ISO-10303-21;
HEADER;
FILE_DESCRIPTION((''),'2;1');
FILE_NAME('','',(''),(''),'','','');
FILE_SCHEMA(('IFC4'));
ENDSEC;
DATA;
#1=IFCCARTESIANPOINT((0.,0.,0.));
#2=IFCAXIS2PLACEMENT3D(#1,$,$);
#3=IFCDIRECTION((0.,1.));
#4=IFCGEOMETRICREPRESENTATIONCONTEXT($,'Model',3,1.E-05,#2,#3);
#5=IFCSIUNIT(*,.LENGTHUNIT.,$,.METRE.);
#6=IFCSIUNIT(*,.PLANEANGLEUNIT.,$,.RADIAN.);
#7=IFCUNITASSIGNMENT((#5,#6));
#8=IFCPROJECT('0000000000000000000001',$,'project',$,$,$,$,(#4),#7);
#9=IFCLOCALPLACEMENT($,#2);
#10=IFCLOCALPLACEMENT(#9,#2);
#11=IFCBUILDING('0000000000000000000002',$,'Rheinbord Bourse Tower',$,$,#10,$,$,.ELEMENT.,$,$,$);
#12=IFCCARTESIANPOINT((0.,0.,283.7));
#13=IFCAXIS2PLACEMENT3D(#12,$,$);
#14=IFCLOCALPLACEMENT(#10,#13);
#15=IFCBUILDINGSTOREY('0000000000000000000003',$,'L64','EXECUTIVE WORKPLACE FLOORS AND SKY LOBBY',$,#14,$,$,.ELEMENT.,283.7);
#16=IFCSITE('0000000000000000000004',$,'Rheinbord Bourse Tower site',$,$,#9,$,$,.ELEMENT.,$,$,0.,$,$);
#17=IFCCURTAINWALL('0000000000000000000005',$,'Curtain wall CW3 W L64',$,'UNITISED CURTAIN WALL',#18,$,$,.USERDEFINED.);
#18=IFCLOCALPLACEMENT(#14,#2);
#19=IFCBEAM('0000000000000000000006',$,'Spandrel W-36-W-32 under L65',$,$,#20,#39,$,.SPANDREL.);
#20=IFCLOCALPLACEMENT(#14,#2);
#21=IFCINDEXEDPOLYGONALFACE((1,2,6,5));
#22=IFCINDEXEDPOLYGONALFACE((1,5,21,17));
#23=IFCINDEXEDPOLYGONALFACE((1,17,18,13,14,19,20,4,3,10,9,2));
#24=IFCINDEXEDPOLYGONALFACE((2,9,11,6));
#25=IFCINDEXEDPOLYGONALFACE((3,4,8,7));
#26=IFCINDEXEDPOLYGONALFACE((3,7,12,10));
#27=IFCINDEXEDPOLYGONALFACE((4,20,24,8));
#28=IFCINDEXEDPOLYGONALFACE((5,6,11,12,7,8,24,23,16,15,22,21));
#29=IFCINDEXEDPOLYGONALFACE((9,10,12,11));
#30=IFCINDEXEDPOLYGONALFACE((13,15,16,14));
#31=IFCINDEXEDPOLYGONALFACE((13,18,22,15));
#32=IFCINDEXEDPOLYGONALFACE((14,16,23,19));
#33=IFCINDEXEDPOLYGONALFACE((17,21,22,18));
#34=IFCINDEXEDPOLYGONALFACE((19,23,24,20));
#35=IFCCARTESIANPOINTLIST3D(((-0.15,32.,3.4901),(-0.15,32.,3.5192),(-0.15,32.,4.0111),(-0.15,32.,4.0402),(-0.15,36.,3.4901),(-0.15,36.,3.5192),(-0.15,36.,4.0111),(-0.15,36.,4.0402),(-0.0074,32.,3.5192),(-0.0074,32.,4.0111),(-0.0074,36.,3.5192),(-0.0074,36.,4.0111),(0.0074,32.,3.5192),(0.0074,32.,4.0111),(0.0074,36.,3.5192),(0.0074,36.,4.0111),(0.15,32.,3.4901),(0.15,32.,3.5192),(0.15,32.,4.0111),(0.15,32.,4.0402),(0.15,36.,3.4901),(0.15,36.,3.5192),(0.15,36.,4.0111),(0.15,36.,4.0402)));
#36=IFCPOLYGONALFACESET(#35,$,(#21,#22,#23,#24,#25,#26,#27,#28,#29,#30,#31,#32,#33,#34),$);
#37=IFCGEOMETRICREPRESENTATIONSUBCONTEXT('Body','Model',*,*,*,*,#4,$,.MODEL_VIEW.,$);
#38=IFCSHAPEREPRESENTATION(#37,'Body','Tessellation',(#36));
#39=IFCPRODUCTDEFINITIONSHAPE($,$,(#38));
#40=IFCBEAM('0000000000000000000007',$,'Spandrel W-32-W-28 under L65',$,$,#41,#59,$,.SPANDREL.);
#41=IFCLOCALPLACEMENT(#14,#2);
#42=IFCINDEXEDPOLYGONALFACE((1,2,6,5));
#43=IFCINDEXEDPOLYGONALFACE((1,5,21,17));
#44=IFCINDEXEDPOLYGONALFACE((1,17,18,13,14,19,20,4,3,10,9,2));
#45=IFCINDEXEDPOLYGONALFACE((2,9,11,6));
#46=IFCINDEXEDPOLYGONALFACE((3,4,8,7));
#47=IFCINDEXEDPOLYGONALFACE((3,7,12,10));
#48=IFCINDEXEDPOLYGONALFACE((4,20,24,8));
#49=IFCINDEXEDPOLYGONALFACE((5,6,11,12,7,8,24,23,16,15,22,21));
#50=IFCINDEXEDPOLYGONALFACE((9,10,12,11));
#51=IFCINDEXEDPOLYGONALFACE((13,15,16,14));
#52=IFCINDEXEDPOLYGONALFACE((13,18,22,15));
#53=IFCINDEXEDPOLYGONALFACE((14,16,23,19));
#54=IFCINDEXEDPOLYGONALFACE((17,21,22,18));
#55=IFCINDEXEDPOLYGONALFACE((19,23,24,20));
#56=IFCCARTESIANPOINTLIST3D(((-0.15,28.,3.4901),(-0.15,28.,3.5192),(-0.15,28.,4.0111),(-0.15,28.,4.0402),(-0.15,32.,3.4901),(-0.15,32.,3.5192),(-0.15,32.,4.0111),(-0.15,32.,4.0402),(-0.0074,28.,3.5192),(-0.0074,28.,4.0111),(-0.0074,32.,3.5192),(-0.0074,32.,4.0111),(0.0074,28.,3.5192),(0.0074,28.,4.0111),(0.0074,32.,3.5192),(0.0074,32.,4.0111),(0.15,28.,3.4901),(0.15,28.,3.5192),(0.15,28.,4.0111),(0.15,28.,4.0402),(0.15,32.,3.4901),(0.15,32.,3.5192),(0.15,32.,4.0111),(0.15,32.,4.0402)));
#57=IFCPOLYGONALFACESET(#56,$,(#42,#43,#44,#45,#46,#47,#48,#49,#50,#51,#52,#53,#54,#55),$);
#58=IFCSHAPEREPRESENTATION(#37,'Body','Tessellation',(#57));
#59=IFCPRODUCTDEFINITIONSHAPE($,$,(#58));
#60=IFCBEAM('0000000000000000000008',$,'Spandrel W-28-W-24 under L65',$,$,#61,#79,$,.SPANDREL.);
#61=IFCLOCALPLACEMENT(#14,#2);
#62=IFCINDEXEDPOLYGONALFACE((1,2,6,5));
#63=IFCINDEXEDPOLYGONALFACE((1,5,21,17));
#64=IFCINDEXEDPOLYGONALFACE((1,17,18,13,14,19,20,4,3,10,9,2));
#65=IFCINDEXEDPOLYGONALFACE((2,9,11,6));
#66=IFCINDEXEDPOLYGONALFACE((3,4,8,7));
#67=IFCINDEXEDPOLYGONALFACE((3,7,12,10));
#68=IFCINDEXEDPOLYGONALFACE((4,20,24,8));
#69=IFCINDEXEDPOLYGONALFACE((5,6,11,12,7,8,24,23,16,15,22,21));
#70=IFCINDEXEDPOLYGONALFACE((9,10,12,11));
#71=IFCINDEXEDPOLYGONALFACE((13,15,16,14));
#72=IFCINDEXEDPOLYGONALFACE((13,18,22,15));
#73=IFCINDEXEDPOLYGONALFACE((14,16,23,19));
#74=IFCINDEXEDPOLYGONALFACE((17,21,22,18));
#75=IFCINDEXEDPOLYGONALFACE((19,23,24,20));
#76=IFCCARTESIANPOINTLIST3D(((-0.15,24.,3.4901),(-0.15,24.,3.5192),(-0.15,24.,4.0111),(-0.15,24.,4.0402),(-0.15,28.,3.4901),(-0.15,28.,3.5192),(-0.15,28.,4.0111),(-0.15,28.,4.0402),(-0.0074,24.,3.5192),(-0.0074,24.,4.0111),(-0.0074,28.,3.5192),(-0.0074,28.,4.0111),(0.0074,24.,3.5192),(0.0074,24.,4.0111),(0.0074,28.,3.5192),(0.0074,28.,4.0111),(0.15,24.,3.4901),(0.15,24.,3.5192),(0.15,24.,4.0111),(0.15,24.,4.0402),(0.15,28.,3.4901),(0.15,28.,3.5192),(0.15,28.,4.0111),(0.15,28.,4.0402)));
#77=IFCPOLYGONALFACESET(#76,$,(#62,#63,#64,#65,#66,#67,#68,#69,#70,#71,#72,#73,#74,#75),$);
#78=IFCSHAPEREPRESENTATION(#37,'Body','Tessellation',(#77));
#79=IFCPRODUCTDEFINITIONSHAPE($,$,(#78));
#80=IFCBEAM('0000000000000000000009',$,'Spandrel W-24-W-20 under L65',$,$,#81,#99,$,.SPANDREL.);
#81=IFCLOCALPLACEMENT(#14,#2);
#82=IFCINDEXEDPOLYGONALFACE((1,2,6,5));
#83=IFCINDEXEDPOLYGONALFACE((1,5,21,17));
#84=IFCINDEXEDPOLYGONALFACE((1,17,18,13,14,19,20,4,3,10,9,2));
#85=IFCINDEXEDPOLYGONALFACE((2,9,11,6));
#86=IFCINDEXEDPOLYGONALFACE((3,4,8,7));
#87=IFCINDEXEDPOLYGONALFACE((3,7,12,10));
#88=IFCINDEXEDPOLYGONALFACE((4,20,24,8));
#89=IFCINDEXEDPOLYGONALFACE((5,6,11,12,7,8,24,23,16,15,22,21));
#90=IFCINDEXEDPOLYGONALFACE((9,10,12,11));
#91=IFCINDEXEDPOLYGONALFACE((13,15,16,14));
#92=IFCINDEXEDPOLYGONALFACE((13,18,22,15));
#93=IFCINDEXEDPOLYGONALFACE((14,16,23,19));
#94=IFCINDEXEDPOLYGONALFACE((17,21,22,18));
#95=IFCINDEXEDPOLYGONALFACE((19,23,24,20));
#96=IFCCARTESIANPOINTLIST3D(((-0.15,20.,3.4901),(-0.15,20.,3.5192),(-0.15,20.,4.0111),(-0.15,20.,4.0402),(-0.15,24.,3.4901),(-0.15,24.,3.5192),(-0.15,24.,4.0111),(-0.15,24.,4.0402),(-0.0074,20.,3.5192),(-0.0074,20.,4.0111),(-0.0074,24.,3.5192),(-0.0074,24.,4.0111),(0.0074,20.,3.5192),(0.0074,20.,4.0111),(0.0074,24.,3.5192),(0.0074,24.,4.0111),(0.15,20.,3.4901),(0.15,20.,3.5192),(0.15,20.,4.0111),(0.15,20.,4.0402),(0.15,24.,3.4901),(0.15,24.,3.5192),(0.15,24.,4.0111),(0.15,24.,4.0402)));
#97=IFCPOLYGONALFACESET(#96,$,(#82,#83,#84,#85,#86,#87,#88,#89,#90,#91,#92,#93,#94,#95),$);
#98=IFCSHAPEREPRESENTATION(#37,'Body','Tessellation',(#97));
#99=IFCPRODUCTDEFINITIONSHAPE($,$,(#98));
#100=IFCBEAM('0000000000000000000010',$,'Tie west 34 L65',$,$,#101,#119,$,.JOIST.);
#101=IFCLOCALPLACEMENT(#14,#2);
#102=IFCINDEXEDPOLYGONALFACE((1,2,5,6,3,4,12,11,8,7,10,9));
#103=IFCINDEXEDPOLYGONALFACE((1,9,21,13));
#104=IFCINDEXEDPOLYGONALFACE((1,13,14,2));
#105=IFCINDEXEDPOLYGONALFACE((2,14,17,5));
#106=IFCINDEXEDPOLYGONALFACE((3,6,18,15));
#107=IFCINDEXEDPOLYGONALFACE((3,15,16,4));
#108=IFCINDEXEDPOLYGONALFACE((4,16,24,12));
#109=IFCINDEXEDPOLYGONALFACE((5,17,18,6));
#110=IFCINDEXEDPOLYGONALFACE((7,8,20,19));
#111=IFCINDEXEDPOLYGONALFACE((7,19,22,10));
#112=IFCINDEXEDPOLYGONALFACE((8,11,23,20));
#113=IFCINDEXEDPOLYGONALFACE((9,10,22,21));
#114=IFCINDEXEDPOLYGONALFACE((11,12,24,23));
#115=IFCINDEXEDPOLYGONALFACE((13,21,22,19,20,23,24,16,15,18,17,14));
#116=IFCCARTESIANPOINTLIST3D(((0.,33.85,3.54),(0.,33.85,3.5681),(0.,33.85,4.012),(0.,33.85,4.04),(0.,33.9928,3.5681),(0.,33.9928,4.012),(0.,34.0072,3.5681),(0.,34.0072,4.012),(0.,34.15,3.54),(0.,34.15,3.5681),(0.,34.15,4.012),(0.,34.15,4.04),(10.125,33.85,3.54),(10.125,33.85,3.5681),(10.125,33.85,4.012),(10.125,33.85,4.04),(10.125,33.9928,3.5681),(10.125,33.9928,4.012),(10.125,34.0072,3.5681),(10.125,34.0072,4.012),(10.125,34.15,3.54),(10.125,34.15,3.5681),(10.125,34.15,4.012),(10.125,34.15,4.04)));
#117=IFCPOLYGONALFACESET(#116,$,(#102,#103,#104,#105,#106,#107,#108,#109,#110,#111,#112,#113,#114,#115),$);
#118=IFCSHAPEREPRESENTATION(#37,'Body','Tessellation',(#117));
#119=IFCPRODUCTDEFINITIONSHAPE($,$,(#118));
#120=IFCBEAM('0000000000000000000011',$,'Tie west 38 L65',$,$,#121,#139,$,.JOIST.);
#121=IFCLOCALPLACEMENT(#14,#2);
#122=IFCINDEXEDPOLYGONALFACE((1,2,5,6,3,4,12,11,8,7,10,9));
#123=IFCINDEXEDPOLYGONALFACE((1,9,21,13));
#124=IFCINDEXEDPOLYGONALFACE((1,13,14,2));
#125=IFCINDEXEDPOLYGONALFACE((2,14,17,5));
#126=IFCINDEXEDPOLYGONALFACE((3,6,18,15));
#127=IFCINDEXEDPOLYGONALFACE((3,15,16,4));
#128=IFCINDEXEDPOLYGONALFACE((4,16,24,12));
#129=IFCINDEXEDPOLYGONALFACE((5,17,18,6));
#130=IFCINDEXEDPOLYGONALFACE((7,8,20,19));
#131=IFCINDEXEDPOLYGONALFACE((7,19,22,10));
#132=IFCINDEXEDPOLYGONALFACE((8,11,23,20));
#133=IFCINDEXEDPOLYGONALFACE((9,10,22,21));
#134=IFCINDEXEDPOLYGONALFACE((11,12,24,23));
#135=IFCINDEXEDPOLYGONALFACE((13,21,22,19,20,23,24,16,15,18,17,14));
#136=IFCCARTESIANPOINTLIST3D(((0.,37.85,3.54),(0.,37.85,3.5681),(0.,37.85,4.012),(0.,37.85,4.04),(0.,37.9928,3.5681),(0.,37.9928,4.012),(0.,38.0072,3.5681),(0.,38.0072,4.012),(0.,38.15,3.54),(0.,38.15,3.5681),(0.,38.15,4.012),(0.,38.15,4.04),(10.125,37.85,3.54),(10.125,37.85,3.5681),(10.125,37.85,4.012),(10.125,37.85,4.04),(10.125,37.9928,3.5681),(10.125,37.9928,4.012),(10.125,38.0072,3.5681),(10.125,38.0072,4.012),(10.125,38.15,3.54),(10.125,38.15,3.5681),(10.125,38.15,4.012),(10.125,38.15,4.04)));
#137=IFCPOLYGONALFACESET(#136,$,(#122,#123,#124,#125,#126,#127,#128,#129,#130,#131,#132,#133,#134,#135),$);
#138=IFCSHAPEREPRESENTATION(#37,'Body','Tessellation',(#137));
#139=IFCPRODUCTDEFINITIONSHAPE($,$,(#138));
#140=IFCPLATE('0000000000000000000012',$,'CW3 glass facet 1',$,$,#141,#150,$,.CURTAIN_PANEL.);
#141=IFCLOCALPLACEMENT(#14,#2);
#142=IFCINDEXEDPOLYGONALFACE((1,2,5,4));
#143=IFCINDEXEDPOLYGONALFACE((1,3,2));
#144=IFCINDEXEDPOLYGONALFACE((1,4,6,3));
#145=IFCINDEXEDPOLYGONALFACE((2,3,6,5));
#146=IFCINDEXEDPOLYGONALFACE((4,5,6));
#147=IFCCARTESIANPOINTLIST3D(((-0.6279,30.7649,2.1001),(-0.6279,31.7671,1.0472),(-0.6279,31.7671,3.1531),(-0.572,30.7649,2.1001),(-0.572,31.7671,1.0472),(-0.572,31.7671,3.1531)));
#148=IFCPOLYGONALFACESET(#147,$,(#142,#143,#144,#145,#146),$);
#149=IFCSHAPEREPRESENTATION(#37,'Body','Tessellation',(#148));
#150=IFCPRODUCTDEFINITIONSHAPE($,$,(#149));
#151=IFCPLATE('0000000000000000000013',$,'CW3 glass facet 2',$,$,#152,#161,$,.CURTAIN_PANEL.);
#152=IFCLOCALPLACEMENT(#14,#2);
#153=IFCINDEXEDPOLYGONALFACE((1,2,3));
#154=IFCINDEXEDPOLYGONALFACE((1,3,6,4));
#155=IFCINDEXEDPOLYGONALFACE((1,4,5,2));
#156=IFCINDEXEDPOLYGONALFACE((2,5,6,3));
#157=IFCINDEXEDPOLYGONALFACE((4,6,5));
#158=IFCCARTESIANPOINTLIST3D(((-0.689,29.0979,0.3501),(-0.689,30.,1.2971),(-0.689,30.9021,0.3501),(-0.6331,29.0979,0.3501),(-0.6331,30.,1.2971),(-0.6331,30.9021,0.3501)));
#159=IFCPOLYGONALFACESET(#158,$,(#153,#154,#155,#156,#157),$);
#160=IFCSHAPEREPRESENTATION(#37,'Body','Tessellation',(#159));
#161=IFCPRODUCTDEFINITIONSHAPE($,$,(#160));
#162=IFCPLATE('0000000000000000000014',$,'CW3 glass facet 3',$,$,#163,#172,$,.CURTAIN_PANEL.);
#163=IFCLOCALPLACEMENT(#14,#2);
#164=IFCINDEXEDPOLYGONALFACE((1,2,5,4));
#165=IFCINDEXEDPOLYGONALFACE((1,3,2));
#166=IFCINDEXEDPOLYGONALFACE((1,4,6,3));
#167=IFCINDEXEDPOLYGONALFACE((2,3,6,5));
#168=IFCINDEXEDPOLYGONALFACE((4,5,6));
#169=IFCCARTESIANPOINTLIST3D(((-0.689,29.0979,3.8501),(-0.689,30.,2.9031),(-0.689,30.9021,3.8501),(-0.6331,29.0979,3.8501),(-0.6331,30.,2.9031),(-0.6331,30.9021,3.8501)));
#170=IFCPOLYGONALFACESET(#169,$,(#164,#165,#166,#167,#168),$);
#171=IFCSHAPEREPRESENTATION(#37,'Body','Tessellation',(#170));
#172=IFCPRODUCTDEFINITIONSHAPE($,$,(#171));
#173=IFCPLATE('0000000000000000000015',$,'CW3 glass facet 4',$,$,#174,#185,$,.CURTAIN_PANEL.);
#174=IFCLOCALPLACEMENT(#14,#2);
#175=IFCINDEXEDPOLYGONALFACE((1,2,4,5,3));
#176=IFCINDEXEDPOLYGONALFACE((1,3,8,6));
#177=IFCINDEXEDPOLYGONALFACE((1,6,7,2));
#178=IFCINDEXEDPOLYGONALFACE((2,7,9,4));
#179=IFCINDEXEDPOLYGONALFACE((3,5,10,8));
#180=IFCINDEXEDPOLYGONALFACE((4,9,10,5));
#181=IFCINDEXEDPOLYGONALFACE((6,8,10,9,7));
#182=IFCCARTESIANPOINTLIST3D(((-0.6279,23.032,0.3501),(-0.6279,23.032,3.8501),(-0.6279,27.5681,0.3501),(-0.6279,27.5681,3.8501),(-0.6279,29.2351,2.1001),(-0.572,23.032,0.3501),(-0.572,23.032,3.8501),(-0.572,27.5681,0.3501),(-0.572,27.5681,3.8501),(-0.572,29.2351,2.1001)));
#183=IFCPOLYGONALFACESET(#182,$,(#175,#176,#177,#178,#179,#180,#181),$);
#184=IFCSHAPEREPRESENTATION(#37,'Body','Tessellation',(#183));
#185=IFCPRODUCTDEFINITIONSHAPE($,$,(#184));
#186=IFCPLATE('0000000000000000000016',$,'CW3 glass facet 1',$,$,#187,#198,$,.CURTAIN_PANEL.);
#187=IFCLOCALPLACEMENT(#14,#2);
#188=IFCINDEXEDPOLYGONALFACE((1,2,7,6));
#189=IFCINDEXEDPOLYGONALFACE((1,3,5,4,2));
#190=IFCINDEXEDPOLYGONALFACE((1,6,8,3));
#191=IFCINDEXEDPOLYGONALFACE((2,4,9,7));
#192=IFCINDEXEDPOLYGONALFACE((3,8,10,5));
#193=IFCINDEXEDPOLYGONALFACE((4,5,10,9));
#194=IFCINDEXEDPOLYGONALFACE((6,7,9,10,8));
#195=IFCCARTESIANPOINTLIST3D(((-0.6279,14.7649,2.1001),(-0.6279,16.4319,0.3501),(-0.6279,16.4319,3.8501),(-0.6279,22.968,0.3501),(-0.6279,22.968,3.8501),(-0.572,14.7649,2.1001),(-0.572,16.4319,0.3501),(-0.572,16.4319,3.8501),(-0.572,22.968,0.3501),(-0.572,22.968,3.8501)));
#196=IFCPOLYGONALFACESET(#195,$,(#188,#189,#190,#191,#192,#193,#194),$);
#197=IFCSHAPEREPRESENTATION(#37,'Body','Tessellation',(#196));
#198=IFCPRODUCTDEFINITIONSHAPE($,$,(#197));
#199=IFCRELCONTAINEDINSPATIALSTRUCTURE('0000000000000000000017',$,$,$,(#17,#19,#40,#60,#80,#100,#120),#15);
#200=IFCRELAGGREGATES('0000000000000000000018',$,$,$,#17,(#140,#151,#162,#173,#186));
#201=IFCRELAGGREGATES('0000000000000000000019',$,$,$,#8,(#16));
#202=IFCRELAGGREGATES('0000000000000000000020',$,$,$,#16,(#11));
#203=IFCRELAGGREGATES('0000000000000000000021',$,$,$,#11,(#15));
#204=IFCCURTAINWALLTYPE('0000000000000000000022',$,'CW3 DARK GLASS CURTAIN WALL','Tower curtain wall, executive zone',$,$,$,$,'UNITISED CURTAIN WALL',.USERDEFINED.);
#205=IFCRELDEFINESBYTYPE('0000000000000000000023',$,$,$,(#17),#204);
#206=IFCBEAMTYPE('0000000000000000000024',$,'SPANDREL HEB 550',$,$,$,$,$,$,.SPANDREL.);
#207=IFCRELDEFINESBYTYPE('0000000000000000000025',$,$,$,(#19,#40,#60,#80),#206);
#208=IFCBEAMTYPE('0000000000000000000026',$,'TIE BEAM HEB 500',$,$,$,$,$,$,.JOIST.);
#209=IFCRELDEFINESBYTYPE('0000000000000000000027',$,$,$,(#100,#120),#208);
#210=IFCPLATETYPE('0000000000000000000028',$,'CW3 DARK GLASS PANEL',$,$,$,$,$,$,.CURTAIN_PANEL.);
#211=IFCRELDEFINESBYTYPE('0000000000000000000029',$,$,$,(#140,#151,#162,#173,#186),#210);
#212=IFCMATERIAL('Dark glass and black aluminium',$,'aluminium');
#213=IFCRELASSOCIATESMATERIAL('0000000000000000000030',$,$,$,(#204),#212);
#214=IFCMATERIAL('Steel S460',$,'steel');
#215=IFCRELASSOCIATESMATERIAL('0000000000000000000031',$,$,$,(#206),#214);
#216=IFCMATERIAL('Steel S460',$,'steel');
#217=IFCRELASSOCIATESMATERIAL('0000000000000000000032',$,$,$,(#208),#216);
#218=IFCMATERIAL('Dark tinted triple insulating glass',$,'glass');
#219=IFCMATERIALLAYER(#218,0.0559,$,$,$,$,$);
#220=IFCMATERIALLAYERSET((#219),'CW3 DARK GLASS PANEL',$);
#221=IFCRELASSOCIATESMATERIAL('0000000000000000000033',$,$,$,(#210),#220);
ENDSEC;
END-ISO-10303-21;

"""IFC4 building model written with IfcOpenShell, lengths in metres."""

from ifc_helpers import new_model, si_unit, direction, frame, origin, origin_2d, place, context, subcontext, project, spatial, polyline, i_section, outline, extrude, material, layer, layer_set, material_profile, profile_set, type_object, element, aggregate, save


model = new_model("IFC4")

# Units and contexts
model_context = context("Model", 3, precision=1e-05, world=origin(), true_north=direction((0.0, 1.0)))
body_context = subcontext(model_context, "Body", "Model", "MODEL_VIEW")
ifc_project = project(units=[si_unit("LENGTHUNIT", "METRE"), si_unit("PLANEANGLEUNIT", "RADIAN")], contexts=[model_context])

# Site, building, storey
site_placement = place(None, origin())
site = spatial("IfcSite", under=ifc_project, at=site_placement, Name="Rheinbord Bourse Tower site", CompositionType="ELEMENT", RefElevation=0.0)
building_placement = place(site_placement, origin())
building = spatial("IfcBuilding", under=site, at=building_placement, Name="Rheinbord Bourse Tower", CompositionType="ELEMENT")
storey_placement = place(building_placement, frame((0.0, 0.0, 283.7)))
storey = spatial("IfcBuildingStorey", under=building, at=storey_placement, Name="L64", Description="EXECUTIVE WORKPLACE FLOORS AND SKY LOBBY", CompositionType="ELEMENT", Elevation=283.7)

# Curtain wall
ifc_material_1 = material(Name="Dark glass and black aluminium", Category="aluminium")
curtain_wall_type = type_object("IfcCurtainWallType", Name="CW3 DARK GLASS CURTAIN WALL", Description="Tower curtain wall, executive zone", ElementType="UNITISED CURTAIN WALL", PredefinedType="USERDEFINED", material=ifc_material_1)
curtain_wall_placement = place(storey_placement, origin())
curtain_wall = element("IfcCurtainWall", 1, at=curtain_wall_placement, inside=storey, type_object=curtain_wall_type, Name="Curtain wall CW3 W L64", ObjectType="UNITISED CURTAIN WALL", PredefinedType="USERDEFINED")

# Beams
ifc_material_2 = material(Name="Steel S460", Category="steel")
ifc_material_profile_1 = material_profile(ifc_material_2, i_section(OverallWidth=0.3, OverallDepth=0.55, WebThickness=0.0149, FlangeThickness=0.0291, at=origin_2d()), Name="HEB 550")
ifc_profile_set_1 = profile_set([ifc_material_profile_1], Name="Steel S460")
beam_type_1 = type_object("IfcBeamType", Name="SPANDREL HEB 550", PredefinedType="SPANDREL", material=ifc_profile_set_1)
for number, where, z_axis, x_axis, name in (
    (2, (0.0, 36.0, 3.7651), (0.0, -1.0, 0.0), (1.0, 0.0, 0.0), "Spandrel W-36-W-32 under L65"),
    (3, (0.0, 32.0, 3.7651), (0.0, -1.0, 0.0), (1.0, 0.0, 0.0), "Spandrel W-32-W-28 under L65"),
    (4, (0.0, 28.0, 3.7651), (0.0, -1.0, 0.0), (1.0, 0.0, 0.0), "Spandrel W-28-W-24 under L65"),
    (5, (0.0, 24.0, 3.7651), (0.0, -1.0, 0.0), (1.0, 0.0, 0.0), "Spandrel W-24-W-20 under L65"),
):
    element("IfcBeam", number, at=place(storey_placement, frame(where, z_axis=z_axis, x_axis=x_axis)), inside=storey, type_object=beam_type_1, Name=name, PredefinedType="SPANDREL", context=body_context, shape_type="SweptSolid", body=[
        extrude(i_section(OverallWidth=0.3, OverallDepth=0.55, WebThickness=0.0149, FlangeThickness=0.0291, at=origin_2d()), origin(), (0.0, 0.0, 1.0), 4.0),
    ])
ifc_material_3 = material(Name="Steel S460", Category="steel")
ifc_material_profile_2 = material_profile(ifc_material_3, i_section(OverallWidth=0.3, OverallDepth=0.5, WebThickness=0.0144, FlangeThickness=0.0281, at=origin_2d()), Name="HEB 500")
ifc_profile_set_2 = profile_set([ifc_material_profile_2], Name="Steel S460")
beam_type_2 = type_object("IfcBeamType", Name="TIE BEAM HEB 500", PredefinedType="JOIST", material=ifc_profile_set_2)
for number, where, z_axis, x_axis, name in (
    (6, (0.0, 34.0, 3.79), (1.0, 0.0, 0.0), (0.0, 1.0, 0.0), "Tie west 34 L65"),
    (7, (0.0, 38.0, 3.79), (1.0, 0.0, 0.0), (0.0, 1.0, 0.0), "Tie west 38 L65"),
):
    element("IfcBeam", number, at=place(storey_placement, frame(where, z_axis=z_axis, x_axis=x_axis)), inside=storey, type_object=beam_type_2, Name=name, PredefinedType="JOIST", context=body_context, shape_type="SweptSolid", body=[
        extrude(i_section(OverallWidth=0.3, OverallDepth=0.5, WebThickness=0.0144, FlangeThickness=0.0281, at=origin_2d()), origin(), (0.0, 0.0, 1.0), 10.125),
    ])

# Plates
ifc_material_4 = material(Name="Dark tinted triple insulating glass", Category="glass")
ifc_layer_1 = layer(ifc_material_4, 0.0559)
ifc_layer_set_1 = layer_set([ifc_layer_1], Name="CW3 DARK GLASS PANEL")
plate_type = type_object("IfcPlateType", Name="CW3 DARK GLASS PANEL", PredefinedType="CURTAIN_PANEL", material=ifc_layer_set_1)
plate_1_placement = place(storey_placement, frame((-0.6279, 31.7671, 3.1531), z_axis=(1.0, 0.0, 0.0), x_axis=(0.0, -0.689424, -0.724358)))
plate_1 = element("IfcPlate", 8, at=plate_1_placement, type_object=plate_type, Name="CW3 glass facet 1", PredefinedType="CURTAIN_PANEL", context=body_context, shape_type="SweptSolid", body=[
    extrude(outline(polyline([(0.0, 0.0), (1.4536, 0.0), (1.5254, 1.4519), (0.0, 0.0)])), origin(), (0.0, 0.0, 1.0), 0.0559),
])
plate_2_placement = place(storey_placement, frame((-0.689, 30.9021, 0.3501), z_axis=(1.0, 0.0, 0.0), x_axis=(0.0, -0.689725, 0.724071)))
plate_2 = element("IfcPlate", 9, at=plate_2_placement, type_object=plate_type, Name="CW3 glass facet 2", PredefinedType="CURTAIN_PANEL", context=body_context, shape_type="SweptSolid", body=[
    extrude(outline(polyline([(0.0, 0.0), (1.3079, 0.0), (1.2444, 1.3064), (0.0, 0.0)])), origin(), (0.0, 0.0, 1.0), 0.0559),
])
plate_3_placement = place(storey_placement, frame((-0.689, 29.0979, 3.8501), z_axis=(1.0, 0.0, 0.0), x_axis=(0.0, 0.689725, -0.724071)))
plate_3 = element("IfcPlate", 10, at=plate_3_placement, type_object=plate_type, Name="CW3 glass facet 3", PredefinedType="CURTAIN_PANEL", context=body_context, shape_type="SweptSolid", body=[
    extrude(outline(polyline([(0.0, 0.0), (1.3079, 0.0), (1.2444, 1.3064), (0.0, 0.0)])), origin(), (0.0, 0.0, 1.0), 0.0559),
])
plate_4_placement = place(storey_placement, frame((-0.6279, 23.032, 3.8501), z_axis=(1.0, 0.0, 0.0), x_axis=(0.0, 0.0, -1.0)))
plate_4 = element("IfcPlate", 11, at=plate_4_placement, type_object=plate_type, Name="CW3 glass facet 4", PredefinedType="CURTAIN_PANEL", context=body_context, shape_type="SweptSolid", body=[
    extrude(outline(polyline([(0.0, 0.0), (3.5, 0.0), (3.5, 4.5361), (1.75, 6.2031), (0.0, 4.5361), (0.0, 0.0)])), origin(), (0.0, 0.0, 1.0), 0.0559),
])
plate_5_placement = place(storey_placement, frame((-0.6279, 22.968, 0.3501), z_axis=(1.0, 0.0, 0.0), x_axis=(0.0, 0.0, 1.0)))
plate_5 = element("IfcPlate", 12, at=plate_5_placement, type_object=plate_type, Name="CW3 glass facet 1", PredefinedType="CURTAIN_PANEL", context=body_context, shape_type="SweptSolid", body=[
    extrude(outline(polyline([(0.0, 0.0), (3.5, 0.0), (3.5, 6.5361), (1.75, 8.2031), (0.0, 6.5361), (0.0, 0.0)])), origin(), (0.0, 0.0, 1.0), 0.0559),
])
aggregate(curtain_wall, [plate_1, plate_2, plate_3, plate_4, plate_5])

save(model, "model.ifc")
